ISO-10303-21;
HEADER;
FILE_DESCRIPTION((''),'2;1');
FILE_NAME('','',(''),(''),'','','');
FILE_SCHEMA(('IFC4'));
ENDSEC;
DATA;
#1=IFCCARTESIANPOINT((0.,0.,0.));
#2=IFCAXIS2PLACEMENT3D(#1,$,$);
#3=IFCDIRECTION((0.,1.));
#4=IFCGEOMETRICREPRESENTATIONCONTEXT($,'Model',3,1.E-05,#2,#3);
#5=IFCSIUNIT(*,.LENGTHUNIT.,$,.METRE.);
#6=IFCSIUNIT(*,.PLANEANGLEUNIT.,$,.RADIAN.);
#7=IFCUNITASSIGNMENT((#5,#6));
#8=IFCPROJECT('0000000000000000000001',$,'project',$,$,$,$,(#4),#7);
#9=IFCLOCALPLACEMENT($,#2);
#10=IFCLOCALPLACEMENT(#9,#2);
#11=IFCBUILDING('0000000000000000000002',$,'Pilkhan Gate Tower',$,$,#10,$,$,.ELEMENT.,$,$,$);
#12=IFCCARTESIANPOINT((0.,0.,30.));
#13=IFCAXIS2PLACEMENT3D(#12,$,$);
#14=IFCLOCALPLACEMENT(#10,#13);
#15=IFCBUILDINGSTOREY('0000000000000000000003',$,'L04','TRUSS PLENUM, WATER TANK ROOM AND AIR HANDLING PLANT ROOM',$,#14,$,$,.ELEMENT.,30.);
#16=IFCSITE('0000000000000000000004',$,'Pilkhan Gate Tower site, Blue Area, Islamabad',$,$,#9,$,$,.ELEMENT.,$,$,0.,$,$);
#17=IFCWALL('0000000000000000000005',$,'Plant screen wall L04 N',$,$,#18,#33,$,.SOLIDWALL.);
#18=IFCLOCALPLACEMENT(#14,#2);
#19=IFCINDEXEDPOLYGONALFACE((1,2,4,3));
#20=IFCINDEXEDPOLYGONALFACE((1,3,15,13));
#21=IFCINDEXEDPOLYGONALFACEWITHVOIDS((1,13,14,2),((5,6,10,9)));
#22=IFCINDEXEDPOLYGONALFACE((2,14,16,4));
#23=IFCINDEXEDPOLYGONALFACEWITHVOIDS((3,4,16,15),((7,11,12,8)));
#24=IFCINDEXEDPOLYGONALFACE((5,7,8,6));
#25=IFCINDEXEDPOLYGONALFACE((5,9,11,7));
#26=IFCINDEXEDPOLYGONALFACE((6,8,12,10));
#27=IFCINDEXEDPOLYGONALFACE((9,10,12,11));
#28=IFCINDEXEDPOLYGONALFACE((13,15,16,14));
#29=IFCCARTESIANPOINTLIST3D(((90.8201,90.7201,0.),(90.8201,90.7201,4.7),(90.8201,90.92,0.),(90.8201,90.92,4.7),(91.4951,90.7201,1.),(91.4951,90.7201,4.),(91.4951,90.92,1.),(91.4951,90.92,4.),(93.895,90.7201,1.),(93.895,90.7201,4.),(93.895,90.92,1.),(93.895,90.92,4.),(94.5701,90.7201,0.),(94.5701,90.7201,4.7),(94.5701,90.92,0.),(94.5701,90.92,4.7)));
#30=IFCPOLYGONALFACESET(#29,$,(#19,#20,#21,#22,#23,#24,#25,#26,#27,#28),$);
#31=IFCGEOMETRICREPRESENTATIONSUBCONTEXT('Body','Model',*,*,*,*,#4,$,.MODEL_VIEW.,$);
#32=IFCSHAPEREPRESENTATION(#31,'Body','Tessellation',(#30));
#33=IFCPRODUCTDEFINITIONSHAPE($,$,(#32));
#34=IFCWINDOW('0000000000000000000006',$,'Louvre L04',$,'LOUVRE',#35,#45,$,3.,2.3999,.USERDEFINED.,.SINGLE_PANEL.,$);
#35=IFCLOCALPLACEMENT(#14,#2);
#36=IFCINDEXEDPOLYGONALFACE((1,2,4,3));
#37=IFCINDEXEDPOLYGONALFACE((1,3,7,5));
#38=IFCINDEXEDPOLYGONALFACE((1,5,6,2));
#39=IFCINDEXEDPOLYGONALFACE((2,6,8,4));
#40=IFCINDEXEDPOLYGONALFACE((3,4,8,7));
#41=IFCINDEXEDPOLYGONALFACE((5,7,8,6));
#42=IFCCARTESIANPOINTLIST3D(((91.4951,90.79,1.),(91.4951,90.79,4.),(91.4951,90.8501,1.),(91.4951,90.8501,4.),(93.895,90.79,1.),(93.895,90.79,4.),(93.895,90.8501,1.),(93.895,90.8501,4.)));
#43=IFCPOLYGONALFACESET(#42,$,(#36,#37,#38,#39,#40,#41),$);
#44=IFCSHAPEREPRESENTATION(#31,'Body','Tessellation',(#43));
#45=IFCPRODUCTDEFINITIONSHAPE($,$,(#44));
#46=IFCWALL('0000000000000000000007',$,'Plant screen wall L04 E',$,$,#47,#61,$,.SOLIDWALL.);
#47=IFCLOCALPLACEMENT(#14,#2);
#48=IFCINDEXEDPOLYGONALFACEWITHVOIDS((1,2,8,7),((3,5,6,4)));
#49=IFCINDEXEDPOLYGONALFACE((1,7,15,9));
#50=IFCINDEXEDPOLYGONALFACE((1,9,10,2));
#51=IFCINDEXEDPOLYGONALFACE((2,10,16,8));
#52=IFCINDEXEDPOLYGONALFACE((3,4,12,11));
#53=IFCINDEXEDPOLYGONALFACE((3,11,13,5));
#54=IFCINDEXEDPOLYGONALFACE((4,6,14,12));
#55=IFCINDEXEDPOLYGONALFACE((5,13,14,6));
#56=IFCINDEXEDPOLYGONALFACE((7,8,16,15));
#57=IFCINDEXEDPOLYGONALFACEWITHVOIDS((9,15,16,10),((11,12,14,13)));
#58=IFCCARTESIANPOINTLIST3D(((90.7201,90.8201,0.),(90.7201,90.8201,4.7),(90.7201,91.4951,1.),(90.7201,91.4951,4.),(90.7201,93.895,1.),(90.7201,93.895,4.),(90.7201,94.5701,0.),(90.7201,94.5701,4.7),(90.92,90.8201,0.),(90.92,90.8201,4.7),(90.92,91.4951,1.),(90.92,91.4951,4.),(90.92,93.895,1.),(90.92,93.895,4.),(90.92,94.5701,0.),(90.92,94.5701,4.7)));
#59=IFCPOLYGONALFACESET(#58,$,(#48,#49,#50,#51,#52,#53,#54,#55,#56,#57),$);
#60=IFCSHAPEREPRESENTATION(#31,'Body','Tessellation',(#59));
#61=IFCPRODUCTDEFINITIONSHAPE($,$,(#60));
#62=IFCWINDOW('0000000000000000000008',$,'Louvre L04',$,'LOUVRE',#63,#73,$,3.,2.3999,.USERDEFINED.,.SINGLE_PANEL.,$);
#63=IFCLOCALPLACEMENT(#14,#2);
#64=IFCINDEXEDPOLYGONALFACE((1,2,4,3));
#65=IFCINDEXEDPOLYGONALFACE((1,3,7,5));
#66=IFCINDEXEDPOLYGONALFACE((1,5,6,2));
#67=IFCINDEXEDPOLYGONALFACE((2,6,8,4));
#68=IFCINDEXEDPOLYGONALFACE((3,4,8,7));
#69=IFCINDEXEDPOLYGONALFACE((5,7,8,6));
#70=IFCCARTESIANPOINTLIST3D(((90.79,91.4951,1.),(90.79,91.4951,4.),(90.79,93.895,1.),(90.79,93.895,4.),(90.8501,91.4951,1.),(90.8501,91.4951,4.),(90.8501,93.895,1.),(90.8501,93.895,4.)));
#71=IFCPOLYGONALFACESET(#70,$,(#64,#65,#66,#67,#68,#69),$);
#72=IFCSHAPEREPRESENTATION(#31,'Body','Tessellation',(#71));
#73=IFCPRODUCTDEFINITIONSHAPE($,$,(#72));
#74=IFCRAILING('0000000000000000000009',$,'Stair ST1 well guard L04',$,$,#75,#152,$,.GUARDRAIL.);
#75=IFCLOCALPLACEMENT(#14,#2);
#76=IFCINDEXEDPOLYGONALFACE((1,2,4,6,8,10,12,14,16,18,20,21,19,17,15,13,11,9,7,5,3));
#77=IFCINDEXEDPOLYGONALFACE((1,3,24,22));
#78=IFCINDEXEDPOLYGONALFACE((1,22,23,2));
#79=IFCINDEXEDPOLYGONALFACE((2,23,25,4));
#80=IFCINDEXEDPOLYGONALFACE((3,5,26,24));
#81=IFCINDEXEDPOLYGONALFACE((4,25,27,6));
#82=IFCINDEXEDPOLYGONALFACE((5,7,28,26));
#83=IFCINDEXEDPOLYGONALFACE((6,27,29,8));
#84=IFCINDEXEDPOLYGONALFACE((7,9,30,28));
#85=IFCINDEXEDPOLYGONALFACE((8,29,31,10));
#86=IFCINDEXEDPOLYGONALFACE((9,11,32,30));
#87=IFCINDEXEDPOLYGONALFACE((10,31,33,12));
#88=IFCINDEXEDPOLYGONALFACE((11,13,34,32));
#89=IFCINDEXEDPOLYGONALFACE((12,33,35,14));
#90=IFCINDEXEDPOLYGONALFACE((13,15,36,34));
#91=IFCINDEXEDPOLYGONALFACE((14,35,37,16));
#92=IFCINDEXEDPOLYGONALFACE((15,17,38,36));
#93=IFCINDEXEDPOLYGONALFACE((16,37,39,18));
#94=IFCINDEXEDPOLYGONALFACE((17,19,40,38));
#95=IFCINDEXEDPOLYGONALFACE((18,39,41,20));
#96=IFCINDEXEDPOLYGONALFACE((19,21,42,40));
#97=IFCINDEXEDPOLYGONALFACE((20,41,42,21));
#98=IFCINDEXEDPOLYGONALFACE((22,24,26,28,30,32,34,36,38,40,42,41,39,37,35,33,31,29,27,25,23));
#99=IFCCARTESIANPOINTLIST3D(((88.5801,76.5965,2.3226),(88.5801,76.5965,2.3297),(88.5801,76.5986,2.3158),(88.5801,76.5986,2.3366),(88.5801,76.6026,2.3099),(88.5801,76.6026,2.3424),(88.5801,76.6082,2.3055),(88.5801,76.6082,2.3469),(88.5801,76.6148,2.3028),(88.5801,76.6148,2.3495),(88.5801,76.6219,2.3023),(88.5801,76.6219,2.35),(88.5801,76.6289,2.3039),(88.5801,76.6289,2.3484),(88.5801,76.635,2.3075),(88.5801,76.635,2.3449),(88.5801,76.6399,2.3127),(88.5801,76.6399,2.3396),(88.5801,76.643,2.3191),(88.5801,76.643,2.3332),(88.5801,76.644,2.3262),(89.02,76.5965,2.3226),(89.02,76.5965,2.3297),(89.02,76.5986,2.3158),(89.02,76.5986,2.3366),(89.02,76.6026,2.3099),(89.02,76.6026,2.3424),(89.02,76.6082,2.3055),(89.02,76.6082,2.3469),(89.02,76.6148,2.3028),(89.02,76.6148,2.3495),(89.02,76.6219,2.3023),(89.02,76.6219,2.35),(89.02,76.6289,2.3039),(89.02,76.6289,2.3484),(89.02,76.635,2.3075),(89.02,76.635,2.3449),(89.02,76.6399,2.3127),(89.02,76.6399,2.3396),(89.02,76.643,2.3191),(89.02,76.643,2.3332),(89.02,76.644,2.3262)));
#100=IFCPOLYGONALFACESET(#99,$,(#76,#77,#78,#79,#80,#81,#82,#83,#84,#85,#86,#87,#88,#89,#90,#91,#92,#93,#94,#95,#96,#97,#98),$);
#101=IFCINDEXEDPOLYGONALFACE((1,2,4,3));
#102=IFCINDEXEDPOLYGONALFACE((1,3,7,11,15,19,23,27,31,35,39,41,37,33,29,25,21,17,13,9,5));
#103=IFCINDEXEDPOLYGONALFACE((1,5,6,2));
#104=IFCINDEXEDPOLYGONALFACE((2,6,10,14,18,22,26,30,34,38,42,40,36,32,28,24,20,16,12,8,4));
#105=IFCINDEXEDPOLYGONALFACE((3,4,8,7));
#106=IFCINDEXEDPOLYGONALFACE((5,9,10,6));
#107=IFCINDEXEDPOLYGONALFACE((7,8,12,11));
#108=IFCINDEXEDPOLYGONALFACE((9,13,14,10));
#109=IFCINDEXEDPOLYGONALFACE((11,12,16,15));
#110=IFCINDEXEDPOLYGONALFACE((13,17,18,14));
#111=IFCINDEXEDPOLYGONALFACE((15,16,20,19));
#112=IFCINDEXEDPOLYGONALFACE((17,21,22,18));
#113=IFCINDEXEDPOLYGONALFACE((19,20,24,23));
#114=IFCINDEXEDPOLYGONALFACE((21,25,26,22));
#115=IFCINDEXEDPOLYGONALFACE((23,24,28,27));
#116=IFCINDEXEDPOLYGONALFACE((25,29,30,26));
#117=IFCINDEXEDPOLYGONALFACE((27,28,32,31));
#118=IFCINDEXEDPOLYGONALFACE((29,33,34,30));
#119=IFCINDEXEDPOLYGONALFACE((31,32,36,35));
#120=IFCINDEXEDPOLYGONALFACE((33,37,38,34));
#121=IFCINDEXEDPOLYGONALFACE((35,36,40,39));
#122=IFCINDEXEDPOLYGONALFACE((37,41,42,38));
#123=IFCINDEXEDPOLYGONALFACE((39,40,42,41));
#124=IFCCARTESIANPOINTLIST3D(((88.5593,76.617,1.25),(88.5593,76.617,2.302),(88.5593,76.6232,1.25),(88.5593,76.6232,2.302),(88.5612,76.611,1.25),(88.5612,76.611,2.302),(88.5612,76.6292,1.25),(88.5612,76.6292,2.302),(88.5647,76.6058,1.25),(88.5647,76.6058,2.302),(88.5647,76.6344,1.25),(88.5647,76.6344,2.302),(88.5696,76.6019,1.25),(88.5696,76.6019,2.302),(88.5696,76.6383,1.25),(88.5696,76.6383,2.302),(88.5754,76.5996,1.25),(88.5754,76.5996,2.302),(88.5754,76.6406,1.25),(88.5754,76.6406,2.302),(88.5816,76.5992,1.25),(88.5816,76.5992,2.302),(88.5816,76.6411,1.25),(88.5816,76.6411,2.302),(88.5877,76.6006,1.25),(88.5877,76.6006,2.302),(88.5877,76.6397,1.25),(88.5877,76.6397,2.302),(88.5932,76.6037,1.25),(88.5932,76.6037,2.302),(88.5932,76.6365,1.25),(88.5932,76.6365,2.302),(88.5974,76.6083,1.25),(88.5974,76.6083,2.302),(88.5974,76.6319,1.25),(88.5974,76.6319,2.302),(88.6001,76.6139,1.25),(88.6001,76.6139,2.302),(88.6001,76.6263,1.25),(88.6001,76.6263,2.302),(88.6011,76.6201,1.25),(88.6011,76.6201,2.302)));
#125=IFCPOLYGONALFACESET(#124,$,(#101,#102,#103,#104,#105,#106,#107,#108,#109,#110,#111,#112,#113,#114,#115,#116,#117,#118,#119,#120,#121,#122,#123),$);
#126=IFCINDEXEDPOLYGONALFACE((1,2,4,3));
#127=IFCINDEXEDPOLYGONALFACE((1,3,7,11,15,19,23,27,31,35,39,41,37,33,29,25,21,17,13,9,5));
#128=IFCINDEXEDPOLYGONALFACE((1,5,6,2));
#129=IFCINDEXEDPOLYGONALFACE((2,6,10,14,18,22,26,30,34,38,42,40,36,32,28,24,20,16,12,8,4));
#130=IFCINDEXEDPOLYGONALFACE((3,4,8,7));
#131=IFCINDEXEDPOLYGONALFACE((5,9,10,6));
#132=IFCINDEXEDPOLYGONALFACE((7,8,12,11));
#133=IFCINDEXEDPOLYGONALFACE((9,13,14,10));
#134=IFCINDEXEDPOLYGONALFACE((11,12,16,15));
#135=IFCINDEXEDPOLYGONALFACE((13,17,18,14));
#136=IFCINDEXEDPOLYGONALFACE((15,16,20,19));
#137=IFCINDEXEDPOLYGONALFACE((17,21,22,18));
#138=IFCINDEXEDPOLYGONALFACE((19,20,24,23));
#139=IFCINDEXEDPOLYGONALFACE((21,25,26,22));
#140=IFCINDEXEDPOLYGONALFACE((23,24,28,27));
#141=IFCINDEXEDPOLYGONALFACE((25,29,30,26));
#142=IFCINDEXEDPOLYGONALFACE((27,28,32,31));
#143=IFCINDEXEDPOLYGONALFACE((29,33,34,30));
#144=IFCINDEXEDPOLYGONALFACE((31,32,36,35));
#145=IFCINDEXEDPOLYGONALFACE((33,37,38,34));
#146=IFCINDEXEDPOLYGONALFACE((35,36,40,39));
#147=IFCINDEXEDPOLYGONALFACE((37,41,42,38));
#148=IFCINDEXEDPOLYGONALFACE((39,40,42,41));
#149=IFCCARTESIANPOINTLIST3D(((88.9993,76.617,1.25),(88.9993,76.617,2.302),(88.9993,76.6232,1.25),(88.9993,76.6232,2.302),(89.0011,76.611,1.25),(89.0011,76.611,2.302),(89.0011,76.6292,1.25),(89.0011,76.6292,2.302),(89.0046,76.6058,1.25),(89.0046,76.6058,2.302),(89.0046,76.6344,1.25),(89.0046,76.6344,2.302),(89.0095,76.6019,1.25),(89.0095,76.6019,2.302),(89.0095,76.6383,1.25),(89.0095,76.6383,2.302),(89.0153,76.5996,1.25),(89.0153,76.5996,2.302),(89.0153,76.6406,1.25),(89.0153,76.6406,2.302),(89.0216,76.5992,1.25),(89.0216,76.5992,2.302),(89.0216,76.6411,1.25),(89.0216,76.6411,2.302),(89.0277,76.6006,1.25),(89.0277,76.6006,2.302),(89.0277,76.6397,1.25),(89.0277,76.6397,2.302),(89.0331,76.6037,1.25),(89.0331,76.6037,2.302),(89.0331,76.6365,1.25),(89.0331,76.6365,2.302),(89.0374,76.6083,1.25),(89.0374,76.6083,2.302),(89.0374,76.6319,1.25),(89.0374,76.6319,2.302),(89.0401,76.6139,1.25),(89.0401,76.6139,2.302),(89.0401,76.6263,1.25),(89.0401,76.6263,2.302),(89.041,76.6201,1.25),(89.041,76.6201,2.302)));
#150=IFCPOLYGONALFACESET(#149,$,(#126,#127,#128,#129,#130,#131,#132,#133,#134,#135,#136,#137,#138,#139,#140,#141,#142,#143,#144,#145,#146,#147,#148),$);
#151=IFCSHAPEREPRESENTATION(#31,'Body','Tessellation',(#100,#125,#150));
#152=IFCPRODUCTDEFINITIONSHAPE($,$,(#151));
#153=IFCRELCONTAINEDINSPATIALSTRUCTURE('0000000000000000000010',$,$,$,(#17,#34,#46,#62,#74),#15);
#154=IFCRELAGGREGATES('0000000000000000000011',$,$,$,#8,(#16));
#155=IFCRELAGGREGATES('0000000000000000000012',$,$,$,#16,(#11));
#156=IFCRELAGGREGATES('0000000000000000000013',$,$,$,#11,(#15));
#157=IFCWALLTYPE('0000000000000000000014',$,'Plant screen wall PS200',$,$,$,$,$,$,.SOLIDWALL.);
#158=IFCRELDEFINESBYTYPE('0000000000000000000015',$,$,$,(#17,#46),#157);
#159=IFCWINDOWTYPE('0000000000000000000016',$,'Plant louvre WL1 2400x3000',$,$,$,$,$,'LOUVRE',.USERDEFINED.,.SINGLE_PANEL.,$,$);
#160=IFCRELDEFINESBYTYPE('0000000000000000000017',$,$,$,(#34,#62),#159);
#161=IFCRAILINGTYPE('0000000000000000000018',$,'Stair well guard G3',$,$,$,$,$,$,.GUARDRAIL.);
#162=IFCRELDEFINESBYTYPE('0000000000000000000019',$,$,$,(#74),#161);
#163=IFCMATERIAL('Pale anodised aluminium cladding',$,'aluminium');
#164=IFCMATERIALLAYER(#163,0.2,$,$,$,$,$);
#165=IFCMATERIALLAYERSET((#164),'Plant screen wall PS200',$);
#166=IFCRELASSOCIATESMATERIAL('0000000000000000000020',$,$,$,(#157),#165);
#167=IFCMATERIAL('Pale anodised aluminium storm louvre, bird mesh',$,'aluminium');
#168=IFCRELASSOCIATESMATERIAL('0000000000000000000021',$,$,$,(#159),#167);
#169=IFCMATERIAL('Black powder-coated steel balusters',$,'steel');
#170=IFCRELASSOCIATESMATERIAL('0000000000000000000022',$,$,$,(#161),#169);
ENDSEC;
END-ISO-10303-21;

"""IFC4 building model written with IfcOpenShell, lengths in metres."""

from ifc_helpers import new_model, si_unit, direction, frame, frame_2d, origin, origin_2d, place, context, subcontext, project, spatial, rectangle, circle, extrude, material, layer, layer_set, type_object, element, fill, save


model = new_model("IFC4")

# Units and contexts
model_context = context("Model", 3, precision=1e-05, world=origin(), true_north=direction((0.0, 1.0)))
body_context = subcontext(model_context, "Body", "Model", "MODEL_VIEW")
ifc_project = project(units=[si_unit("LENGTHUNIT", "METRE"), si_unit("PLANEANGLEUNIT", "RADIAN")], contexts=[model_context])

# Site, building, storey
site_placement = place(None, origin())
site = spatial("IfcSite", under=ifc_project, at=site_placement, Name="Pilkhan Gate Tower site, Blue Area, Islamabad", CompositionType="ELEMENT", RefElevation=0.0)
building_placement = place(site_placement, origin())
building = spatial("IfcBuilding", under=site, at=building_placement, Name="Pilkhan Gate Tower", CompositionType="ELEMENT")
storey_placement = place(building_placement, frame((0.0, 0.0, 30.0)))
storey = spatial("IfcBuildingStorey", under=building, at=storey_placement, Name="L04", Description="TRUSS PLENUM, WATER TANK ROOM AND AIR HANDLING PLANT ROOM", CompositionType="ELEMENT", Elevation=30.0)

# Shared definitions
ifc_material_1 = material(Name="Pale anodised aluminium cladding", Category="aluminium")
ifc_layer_1 = layer(ifc_material_1, 0.2)
ifc_layer_set_1 = layer_set([ifc_layer_1], Name="Plant screen wall PS200")
wall_type_1 = type_object("IfcWallType", Name="Plant screen wall PS200", PredefinedType="SOLIDWALL", material=ifc_layer_set_1)
ifc_material_2 = material(Name="Pale anodised aluminium storm louvre, bird mesh", Category="aluminium")
window_type = type_object("IfcWindowType", Name="Plant louvre WL1 2400x3000", ElementType="LOUVRE", PartitioningType="SINGLE_PANEL", PredefinedType="USERDEFINED", material=ifc_material_2)

# Walls, openings, windows
wall_1_placement = place(storey_placement, frame((90.8201, 90.8201, 0.0), z_axis=(0.0, 0.0, 1.0), x_axis=(1.0, 0.0, 0.0)))
wall_1 = element("IfcWall", 1, at=wall_1_placement, inside=storey, type_object=wall_type_1, Name="Plant screen wall L04 N", PredefinedType="SOLIDWALL", context=body_context, shape_type="SweptSolid", body=[
    extrude(rectangle(XDim=3.75, YDim=0.2, at=frame_2d((1.875, 0.0))), origin(), (0.0, 0.0, 1.0), 4.7),
])
opening_1_placement = place(wall_1_placement, frame((0.675, 0.0, 1.0)))
opening_1 = element("IfcOpeningElement", 2, at=opening_1_placement, cuts=wall_1, PredefinedType="OPENING", context=body_context, shape_type="SweptSolid", body=[
    extrude(rectangle(XDim=2.3999, YDim=3.0, at=frame_2d((1.2, 1.5))), frame((0.0, 0.1099, 0.0), z_axis=(0.0, -1.0, 0.0), x_axis=(1.0, 0.0, 0.0)), (0.0, 0.0, 1.0), 0.22),
])
window_1_placement = place(opening_1_placement, origin())
window_1 = element("IfcWindow", 3, at=window_1_placement, inside=storey, type_object=window_type, Name="Louvre L04", ObjectType="LOUVRE", OverallHeight=3.0, OverallWidth=2.3999, PartitioningType="SINGLE_PANEL", PredefinedType="USERDEFINED", context=body_context, shape_type="SweptSolid", body=[
    extrude(rectangle(XDim=2.3999, YDim=3.0, at=frame_2d((1.2, 1.5))), frame((0.0, 0.03, 0.0), z_axis=(0.0, -1.0, 0.0), x_axis=(1.0, 0.0, 0.0)), (0.0, 0.0, 1.0), 0.0601),
])
fill(opening_1, window_1)
wall_2_placement = place(storey_placement, frame((90.8201, 90.8201, 0.0), z_axis=(0.0, 0.0, 1.0), x_axis=(0.0, 1.0, 0.0)))
wall_2 = element("IfcWall", 4, at=wall_2_placement, inside=storey, type_object=wall_type_1, Name="Plant screen wall L04 E", PredefinedType="SOLIDWALL", context=body_context, shape_type="SweptSolid", body=[
    extrude(rectangle(XDim=3.75, YDim=0.2, at=frame_2d((1.875, 0.0))), origin(), (0.0, 0.0, 1.0), 4.7),
])
opening_2_placement = place(wall_2_placement, frame((0.675, 0.0, 1.0)))
opening_2 = element("IfcOpeningElement", 5, at=opening_2_placement, cuts=wall_2, PredefinedType="OPENING", context=body_context, shape_type="SweptSolid", body=[
    extrude(rectangle(XDim=2.3999, YDim=3.0, at=frame_2d((1.2, 1.5))), frame((0.0, 0.1099, 0.0), z_axis=(0.0, -1.0, 0.0), x_axis=(1.0, 0.0, 0.0)), (0.0, 0.0, 1.0), 0.22),
])
window_2_placement = place(opening_2_placement, origin())
window_2 = element("IfcWindow", 6, at=window_2_placement, inside=storey, type_object=window_type, Name="Louvre L04", ObjectType="LOUVRE", OverallHeight=3.0, OverallWidth=2.3999, PartitioningType="SINGLE_PANEL", PredefinedType="USERDEFINED", context=body_context, shape_type="SweptSolid", body=[
    extrude(rectangle(XDim=2.3999, YDim=3.0, at=frame_2d((1.2, 1.5))), frame((0.0, 0.03, 0.0), z_axis=(0.0, -1.0, 0.0), x_axis=(1.0, 0.0, 0.0)), (0.0, 0.0, 1.0), 0.0601),
])
fill(opening_2, window_2)

# Railing
ifc_material_3 = material(Name="Black powder-coated steel balusters", Category="steel")
railing_type = type_object("IfcRailingType", Name="Stair well guard G3", PredefinedType="GUARDRAIL", material=ifc_material_3)
for number, where, name in (
    (7, (88.5801, 76.6201, 1.25), "Stair ST1 well guard L04"),
):
    element("IfcRailing", number, at=place(storey_placement, frame(where)), inside=storey, type_object=railing_type, Name=name, PredefinedType="GUARDRAIL", context=body_context, shape_type="SweptSolid", body=[
        extrude(circle(Radius=0.0239, at=origin_2d()), frame((0.0, 0.0, 1.0762), z_axis=(1.0, 0.0, 0.0), x_axis=(0.0, 1.0, 0.0)), (0.0, 0.0, 1.0), 0.4399),
        extrude(circle(Radius=0.021, at=origin_2d()), origin(), (0.0, 0.0, 1.0), 1.052),
        extrude(circle(Radius=0.021, at=origin_2d()), frame((0.4399, 0.0, 0.0)), (0.0, 0.0, 1.0), 1.052),
    ])

save(model, "model.ifc")
